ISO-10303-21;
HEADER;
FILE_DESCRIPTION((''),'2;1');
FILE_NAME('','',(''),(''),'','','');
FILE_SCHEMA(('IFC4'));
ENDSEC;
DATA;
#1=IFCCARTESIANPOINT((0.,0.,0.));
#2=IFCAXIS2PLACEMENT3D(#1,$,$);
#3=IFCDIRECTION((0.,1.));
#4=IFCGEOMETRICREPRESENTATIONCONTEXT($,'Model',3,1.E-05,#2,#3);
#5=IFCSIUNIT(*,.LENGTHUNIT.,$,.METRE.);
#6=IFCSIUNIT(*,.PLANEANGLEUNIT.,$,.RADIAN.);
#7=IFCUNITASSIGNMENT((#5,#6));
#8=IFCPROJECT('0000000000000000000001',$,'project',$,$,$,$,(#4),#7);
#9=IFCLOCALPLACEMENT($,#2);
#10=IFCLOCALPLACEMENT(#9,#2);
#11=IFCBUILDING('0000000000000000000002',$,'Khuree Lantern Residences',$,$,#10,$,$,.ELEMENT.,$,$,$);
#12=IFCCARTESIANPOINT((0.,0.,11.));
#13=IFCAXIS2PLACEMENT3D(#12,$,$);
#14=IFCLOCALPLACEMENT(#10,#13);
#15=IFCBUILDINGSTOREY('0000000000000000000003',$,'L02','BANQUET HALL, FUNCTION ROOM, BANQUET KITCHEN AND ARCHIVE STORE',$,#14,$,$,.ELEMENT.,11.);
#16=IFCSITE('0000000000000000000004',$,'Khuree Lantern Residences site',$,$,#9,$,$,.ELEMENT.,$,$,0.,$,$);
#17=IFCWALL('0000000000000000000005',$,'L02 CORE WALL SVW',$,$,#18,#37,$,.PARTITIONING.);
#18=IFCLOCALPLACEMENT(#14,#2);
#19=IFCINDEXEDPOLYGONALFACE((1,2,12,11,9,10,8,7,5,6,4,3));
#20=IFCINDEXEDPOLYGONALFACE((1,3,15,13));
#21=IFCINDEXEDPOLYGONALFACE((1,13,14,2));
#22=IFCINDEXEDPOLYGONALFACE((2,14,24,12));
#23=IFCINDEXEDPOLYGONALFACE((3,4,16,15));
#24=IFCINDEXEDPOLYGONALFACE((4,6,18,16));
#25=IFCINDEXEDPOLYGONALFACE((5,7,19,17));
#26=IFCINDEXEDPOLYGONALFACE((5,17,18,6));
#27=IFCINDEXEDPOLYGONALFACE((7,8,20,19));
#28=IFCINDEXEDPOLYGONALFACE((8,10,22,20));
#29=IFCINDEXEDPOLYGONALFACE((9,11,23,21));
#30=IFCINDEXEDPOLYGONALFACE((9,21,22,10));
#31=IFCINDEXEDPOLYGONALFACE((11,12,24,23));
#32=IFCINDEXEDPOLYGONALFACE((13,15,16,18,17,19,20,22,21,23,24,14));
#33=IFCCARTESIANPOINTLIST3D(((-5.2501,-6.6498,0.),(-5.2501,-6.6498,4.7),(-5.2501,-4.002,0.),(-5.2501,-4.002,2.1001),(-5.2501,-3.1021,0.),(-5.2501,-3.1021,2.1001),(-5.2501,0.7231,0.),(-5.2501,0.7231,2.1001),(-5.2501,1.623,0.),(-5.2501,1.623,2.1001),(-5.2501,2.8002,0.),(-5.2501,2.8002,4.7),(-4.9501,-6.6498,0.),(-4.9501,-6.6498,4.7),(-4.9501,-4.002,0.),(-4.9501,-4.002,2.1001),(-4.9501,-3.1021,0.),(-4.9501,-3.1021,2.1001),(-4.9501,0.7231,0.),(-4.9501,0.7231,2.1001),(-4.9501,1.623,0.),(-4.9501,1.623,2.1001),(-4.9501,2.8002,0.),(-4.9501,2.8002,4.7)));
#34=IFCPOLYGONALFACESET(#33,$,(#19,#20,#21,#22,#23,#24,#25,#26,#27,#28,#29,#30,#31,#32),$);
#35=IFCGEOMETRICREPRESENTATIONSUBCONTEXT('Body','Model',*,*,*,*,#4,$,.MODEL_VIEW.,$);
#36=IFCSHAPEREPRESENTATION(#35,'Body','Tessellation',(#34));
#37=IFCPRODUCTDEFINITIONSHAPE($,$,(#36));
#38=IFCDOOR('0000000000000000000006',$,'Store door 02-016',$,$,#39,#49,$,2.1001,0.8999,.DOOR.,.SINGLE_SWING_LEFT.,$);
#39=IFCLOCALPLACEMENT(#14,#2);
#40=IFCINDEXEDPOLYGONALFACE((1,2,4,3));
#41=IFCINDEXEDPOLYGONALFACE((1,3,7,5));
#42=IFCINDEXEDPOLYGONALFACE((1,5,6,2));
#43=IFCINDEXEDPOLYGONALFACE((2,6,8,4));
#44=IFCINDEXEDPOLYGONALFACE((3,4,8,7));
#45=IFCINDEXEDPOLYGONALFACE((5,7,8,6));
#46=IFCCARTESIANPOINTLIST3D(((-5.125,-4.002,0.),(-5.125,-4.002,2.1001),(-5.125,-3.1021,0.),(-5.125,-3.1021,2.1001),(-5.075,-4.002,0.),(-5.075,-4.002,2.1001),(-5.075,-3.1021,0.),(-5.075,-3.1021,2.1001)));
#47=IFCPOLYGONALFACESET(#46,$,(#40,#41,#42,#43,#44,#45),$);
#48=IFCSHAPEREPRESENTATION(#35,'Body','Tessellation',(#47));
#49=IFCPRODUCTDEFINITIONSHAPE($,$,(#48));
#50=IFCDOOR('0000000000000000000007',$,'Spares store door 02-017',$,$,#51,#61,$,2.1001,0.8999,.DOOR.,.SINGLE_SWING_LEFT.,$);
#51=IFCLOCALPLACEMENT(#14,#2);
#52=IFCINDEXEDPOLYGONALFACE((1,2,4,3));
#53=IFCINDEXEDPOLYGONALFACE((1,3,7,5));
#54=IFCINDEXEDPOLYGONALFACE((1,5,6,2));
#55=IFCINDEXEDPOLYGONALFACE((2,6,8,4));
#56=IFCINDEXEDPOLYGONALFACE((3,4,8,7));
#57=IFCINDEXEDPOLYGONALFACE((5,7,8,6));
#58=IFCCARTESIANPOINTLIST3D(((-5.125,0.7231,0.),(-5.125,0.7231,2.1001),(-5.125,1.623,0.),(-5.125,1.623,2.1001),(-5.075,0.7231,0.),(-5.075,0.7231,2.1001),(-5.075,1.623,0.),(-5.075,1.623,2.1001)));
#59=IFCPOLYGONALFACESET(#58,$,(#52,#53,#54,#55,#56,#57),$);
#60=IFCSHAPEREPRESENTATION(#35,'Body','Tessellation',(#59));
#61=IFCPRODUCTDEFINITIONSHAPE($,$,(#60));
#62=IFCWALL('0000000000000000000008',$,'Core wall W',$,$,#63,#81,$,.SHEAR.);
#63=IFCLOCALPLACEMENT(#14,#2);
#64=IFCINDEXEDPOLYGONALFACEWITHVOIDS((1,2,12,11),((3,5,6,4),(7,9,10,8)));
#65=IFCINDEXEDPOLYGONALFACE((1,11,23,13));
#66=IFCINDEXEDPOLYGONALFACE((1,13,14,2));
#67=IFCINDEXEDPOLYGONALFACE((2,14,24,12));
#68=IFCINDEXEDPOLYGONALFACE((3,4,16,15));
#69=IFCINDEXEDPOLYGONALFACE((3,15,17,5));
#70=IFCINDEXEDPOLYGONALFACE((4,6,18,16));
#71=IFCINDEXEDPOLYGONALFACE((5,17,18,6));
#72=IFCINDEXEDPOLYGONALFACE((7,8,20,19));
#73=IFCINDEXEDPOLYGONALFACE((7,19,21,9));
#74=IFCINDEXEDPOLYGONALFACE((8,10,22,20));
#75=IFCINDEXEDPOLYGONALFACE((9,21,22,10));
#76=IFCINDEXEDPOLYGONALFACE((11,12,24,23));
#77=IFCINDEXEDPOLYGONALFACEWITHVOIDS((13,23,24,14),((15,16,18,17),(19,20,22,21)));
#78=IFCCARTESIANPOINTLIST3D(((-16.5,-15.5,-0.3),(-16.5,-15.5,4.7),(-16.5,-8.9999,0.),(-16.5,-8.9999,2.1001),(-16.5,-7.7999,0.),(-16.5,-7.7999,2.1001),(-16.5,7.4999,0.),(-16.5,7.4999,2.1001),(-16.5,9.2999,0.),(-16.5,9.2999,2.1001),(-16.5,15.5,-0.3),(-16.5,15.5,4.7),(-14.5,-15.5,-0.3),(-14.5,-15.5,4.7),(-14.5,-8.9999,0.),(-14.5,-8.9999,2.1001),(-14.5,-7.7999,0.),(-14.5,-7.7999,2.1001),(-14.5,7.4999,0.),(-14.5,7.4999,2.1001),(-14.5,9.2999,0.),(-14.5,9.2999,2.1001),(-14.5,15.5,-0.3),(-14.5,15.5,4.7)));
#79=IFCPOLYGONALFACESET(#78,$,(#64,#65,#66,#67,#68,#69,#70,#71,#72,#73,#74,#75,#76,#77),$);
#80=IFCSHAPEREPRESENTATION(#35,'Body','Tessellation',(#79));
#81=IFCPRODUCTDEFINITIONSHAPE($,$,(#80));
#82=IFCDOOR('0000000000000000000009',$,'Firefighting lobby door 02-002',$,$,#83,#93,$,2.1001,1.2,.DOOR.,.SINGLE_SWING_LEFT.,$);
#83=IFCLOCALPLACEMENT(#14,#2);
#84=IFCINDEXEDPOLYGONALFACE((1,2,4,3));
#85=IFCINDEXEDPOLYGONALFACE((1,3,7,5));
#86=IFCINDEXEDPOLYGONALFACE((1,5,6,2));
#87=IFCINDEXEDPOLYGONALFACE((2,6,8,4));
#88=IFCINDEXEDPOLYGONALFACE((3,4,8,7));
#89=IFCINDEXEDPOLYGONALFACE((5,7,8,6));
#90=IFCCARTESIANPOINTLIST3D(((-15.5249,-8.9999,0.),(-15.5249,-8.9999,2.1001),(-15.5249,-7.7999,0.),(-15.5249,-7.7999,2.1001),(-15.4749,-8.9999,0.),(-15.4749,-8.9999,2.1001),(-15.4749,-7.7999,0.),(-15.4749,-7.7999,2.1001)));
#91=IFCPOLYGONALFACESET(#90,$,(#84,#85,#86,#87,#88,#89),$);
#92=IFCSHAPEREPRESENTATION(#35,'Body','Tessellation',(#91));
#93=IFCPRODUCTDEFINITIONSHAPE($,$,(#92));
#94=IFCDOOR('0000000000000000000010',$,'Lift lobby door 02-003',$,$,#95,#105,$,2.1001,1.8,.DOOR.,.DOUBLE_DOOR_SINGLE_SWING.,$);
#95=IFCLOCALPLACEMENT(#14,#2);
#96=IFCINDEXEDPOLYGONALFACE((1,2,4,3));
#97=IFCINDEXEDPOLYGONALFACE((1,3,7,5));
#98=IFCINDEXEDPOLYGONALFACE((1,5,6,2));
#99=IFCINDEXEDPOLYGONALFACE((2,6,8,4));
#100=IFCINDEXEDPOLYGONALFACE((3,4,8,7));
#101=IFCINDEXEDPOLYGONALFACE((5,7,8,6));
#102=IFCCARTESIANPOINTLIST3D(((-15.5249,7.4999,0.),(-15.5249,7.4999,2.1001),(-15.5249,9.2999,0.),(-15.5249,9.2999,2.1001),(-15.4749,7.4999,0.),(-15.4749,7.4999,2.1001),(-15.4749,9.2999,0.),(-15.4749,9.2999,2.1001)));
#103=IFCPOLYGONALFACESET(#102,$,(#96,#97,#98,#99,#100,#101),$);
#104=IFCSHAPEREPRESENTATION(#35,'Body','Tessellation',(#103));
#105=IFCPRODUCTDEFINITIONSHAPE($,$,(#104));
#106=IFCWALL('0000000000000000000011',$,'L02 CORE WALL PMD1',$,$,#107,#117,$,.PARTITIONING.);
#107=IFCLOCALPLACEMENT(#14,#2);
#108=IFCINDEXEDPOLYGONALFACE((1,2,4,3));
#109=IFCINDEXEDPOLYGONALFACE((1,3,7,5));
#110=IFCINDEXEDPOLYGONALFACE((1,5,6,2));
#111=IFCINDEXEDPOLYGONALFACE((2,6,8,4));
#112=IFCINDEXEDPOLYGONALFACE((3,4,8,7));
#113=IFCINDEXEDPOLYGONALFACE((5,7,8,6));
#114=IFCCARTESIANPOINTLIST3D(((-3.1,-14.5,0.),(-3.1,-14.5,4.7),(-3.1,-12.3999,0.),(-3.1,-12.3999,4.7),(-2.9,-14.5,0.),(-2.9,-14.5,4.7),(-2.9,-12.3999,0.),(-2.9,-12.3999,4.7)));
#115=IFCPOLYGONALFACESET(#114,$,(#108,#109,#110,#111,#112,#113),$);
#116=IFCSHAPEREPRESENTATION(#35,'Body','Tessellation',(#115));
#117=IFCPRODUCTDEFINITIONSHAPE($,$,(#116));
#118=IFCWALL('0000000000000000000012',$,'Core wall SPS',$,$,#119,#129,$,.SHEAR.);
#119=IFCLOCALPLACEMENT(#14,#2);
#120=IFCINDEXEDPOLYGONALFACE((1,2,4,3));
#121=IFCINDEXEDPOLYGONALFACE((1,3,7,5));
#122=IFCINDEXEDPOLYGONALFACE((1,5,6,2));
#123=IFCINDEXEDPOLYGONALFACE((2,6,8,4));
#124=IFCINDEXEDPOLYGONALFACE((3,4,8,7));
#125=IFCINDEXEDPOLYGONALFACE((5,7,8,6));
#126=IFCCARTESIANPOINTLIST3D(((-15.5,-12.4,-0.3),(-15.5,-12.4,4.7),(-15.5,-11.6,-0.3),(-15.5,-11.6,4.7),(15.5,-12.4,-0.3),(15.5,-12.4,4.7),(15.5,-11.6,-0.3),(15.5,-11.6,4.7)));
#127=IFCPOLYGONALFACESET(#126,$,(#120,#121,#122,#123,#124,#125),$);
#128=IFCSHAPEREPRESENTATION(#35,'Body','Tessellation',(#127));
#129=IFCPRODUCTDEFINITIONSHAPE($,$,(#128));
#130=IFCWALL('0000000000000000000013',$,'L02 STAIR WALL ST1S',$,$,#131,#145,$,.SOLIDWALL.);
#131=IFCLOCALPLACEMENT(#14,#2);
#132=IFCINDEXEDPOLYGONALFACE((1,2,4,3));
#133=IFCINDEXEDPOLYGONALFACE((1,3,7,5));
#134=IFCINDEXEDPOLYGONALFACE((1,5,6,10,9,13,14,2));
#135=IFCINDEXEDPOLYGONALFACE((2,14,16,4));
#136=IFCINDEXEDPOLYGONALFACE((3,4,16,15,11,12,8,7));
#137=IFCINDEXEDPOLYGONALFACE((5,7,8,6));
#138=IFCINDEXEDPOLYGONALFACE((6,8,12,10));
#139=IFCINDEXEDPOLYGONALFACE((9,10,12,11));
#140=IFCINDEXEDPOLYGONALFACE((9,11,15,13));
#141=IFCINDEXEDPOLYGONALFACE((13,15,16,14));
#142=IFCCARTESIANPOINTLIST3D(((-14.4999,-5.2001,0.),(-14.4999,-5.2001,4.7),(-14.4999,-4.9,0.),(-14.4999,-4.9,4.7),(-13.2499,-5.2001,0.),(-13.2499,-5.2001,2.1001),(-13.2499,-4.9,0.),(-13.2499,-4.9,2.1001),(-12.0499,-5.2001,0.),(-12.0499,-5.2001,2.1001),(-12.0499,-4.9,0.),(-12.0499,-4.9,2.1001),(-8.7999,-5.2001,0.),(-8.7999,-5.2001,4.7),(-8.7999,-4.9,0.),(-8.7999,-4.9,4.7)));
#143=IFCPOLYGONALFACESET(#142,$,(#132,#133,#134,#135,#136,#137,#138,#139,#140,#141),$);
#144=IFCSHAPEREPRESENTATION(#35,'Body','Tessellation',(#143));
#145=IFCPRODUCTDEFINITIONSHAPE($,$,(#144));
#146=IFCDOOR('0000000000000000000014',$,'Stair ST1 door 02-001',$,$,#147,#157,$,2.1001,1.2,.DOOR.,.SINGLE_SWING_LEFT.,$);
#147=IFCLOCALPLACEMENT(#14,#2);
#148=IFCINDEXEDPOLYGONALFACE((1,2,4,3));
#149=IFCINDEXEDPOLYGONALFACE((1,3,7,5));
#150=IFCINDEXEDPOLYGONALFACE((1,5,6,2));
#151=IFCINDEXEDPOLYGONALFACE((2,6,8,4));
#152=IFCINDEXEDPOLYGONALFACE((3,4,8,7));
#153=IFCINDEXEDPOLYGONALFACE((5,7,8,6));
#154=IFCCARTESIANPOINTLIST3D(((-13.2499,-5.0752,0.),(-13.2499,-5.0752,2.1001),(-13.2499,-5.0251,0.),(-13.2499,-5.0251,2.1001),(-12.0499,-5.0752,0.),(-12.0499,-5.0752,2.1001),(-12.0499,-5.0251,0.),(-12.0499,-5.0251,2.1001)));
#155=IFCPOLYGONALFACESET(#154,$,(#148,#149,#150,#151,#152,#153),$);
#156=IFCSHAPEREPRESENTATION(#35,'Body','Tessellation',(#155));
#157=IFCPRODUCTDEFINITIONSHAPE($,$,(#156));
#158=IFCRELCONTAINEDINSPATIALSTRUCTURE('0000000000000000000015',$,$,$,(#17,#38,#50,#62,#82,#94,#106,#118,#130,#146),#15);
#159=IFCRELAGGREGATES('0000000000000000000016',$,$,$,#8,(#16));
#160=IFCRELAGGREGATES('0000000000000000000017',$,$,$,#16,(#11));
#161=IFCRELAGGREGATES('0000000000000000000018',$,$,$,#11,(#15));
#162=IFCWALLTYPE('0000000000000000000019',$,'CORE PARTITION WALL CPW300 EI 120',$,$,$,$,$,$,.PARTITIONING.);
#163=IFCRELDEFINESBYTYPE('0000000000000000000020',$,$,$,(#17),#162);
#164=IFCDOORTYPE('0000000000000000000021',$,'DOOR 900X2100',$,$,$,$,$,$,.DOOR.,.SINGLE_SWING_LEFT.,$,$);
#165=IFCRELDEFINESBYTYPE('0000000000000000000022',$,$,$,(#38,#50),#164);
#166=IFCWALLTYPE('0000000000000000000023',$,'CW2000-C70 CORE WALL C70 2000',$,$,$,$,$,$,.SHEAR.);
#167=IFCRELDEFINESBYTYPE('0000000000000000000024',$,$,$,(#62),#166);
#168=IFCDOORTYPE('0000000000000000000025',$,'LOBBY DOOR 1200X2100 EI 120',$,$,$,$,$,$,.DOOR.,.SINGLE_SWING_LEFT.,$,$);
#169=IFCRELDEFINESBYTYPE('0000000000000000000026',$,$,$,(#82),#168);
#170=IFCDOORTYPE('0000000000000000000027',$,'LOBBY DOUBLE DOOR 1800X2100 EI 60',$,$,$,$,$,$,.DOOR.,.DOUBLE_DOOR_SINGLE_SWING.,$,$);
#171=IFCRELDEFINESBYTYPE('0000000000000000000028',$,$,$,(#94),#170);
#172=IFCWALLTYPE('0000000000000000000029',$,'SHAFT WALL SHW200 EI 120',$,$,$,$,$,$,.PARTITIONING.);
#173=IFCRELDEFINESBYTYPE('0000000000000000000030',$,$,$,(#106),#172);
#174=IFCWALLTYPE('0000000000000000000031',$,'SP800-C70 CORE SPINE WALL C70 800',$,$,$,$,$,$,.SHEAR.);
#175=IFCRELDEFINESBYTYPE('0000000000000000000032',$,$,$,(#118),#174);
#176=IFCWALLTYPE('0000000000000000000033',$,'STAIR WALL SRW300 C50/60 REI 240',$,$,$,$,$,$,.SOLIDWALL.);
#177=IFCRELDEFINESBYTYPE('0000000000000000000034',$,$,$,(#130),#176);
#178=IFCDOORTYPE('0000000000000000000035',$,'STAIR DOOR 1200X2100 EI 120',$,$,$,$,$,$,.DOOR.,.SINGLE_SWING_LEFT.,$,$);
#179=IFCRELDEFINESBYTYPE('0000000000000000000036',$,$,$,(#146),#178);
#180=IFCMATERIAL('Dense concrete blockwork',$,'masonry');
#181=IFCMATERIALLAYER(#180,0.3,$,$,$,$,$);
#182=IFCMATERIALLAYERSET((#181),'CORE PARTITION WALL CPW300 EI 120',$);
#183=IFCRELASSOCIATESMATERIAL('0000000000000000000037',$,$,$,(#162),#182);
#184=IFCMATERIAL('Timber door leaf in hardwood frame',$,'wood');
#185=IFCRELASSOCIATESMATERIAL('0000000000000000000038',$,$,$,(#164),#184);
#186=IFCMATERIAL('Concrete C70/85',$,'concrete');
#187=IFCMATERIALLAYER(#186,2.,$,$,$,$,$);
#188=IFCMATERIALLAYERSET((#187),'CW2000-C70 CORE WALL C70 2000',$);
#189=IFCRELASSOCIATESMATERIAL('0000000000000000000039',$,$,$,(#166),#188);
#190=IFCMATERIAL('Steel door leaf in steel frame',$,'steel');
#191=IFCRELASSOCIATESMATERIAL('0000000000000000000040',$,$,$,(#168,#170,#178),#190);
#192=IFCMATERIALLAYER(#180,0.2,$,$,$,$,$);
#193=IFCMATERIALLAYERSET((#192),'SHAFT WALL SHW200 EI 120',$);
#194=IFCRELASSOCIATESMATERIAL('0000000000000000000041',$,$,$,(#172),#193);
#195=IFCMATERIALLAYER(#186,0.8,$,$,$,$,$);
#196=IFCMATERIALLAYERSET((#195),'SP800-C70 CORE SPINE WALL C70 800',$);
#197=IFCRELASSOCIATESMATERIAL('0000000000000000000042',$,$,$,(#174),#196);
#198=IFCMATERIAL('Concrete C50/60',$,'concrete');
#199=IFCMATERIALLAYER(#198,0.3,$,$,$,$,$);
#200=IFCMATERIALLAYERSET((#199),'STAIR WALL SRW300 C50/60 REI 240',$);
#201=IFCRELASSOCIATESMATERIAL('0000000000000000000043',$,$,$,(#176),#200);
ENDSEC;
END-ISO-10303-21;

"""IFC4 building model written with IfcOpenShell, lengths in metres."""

from ifc_helpers import new_model, si_unit, direction, frame, frame_2d, origin, place, context, subcontext, project, spatial, rectangle, extrude, material, layer, layer_set, type_object, element, fill, save


model = new_model("IFC4")

# Units and contexts
model_context = context("Model", 3, precision=1e-05, world=origin(), true_north=direction((0.0, 1.0)))
body_context = subcontext(model_context, "Body", "Model", "MODEL_VIEW")
ifc_project = project(units=[si_unit("LENGTHUNIT", "METRE"), si_unit("PLANEANGLEUNIT", "RADIAN")], contexts=[model_context])

# Site, building, storey
site_placement = place(None, origin())
site = spatial("IfcSite", under=ifc_project, at=site_placement, Name="Khuree Lantern Residences site", CompositionType="ELEMENT", RefElevation=0.0)
building_placement = place(site_placement, origin())
building = spatial("IfcBuilding", under=site, at=building_placement, Name="Khuree Lantern Residences", CompositionType="ELEMENT")
storey_placement = place(building_placement, frame((0.0, 0.0, 11.0)))
storey = spatial("IfcBuildingStorey", under=building, at=storey_placement, Name="L02", Description="BANQUET HALL, FUNCTION ROOM, BANQUET KITCHEN AND ARCHIVE STORE", CompositionType="ELEMENT", Elevation=11.0)

# Shared definitions
ifc_material_1 = material(Name="Dense concrete blockwork", Category="masonry")
ifc_layer_1 = layer(ifc_material_1, 0.3)
ifc_layer_set_1 = layer_set([ifc_layer_1], Name="CORE PARTITION WALL CPW300 EI 120")
wall_type_1 = type_object("IfcWallType", Name="CORE PARTITION WALL CPW300 EI 120", PredefinedType="PARTITIONING", material=ifc_layer_set_1)

# Shared definitions
ifc_material_2 = material(Name="Steel door leaf in steel frame", Category="steel")

# Walls, openings, doors
wall_1_placement = place(storey_placement, frame((-5.1001, -6.6499, 0.0), z_axis=(0.0, 0.0, 1.0), x_axis=(0.0, 1.0, 0.0)))
wall_1 = element("IfcWall", 1, at=wall_1_placement, inside=storey, type_object=wall_type_1, Name="L02 CORE WALL SVW", PredefinedType="PARTITIONING", context=body_context, shape_type="SweptSolid", body=[
    extrude(rectangle(XDim=9.45, YDim=0.3, at=frame_2d((4.7251, 0.0))), origin(), (0.0, 0.0, 1.0), 4.7),
])
opening_1_placement = place(wall_1_placement, frame((2.6479, 0.0, 0.0)))
opening_1 = element("IfcOpeningElement", 2, at=opening_1_placement, cuts=wall_1, PredefinedType="OPENING", context=body_context, shape_type="SweptSolid", body=[
    extrude(rectangle(XDim=0.8999, YDim=2.1001, at=frame_2d((0.45, 1.05))), frame((0.0, 0.1602, 0.0), z_axis=(0.0, -1.0, 0.0), x_axis=(1.0, 0.0, 0.0)), (0.0, 0.0, 1.0), 0.3201),
])
opening_2_placement = place(wall_1_placement, frame((7.373, 0.0, 0.0)))
opening_2 = element("IfcOpeningElement", 3, at=opening_2_placement, cuts=wall_1, PredefinedType="OPENING", context=body_context, shape_type="SweptSolid", body=[
    extrude(rectangle(XDim=0.8999, YDim=2.1001, at=frame_2d((0.45, 1.05))), frame((0.0, 0.1602, 0.0), z_axis=(0.0, -1.0, 0.0), x_axis=(1.0, 0.0, 0.0)), (0.0, 0.0, 1.0), 0.3201),
])
ifc_material_3 = material(Name="Timber door leaf in hardwood frame", Category="wood")
door_type_1 = type_object("IfcDoorType", Name="DOOR 900X2100", OperationType="SINGLE_SWING_LEFT", PredefinedType="DOOR", material=ifc_material_3)
door_1_placement = place(opening_1_placement, origin())
door_1 = element("IfcDoor", 4, at=door_1_placement, inside=storey, type_object=door_type_1, Name="Store door 02-016", OperationType="SINGLE_SWING_LEFT", OverallHeight=2.1001, OverallWidth=0.8999, PredefinedType="DOOR", context=body_context, shape_type="SweptSolid", body=[
    extrude(rectangle(XDim=0.8999, YDim=2.1001, at=frame_2d((0.45, 1.05))), frame((0.0, 0.0249, 0.0), z_axis=(0.0, -1.0, 0.0), x_axis=(1.0, 0.0, 0.0)), (0.0, 0.0, 1.0), 0.05),
])
fill(opening_1, door_1)
door_2_placement = place(opening_2_placement, origin())
door_2 = element("IfcDoor", 5, at=door_2_placement, inside=storey, type_object=door_type_1, Name="Spares store door 02-017", OperationType="SINGLE_SWING_LEFT", OverallHeight=2.1001, OverallWidth=0.8999, PredefinedType="DOOR", context=body_context, shape_type="SweptSolid", body=[
    extrude(rectangle(XDim=0.8999, YDim=2.1001, at=frame_2d((0.45, 1.05))), frame((0.0, 0.0249, 0.0), z_axis=(0.0, -1.0, 0.0), x_axis=(1.0, 0.0, 0.0)), (0.0, 0.0, 1.0), 0.05),
])
fill(opening_2, door_2)
ifc_material_4 = material(Name="Concrete C70/85", Category="concrete")
ifc_layer_2 = layer(ifc_material_4, 2.0)
ifc_layer_set_2 = layer_set([ifc_layer_2], Name="CW2000-C70 CORE WALL C70 2000")
wall_type_2 = type_object("IfcWallType", Name="CW2000-C70 CORE WALL C70 2000", PredefinedType="SHEAR", material=ifc_layer_set_2)
wall_2_placement = place(storey_placement, frame((-15.5, -15.5, -0.3), z_axis=(0.0, 0.0, 1.0), x_axis=(0.0, 1.0, 0.0)))
wall_2 = element("IfcWall", 6, at=wall_2_placement, inside=storey, type_object=wall_type_2, Name="Core wall W", PredefinedType="SHEAR", context=body_context, shape_type="SweptSolid", body=[
    extrude(rectangle(XDim=31.0, YDim=2.0, at=frame_2d((15.5, 0.0))), origin(), (0.0, 0.0, 1.0), 5.0),
])
opening_3_placement = place(wall_2_placement, frame((6.5, 0.0, 0.3)))
opening_3 = element("IfcOpeningElement", 7, at=opening_3_placement, cuts=wall_2, PredefinedType="OPENING", context=body_context, shape_type="SweptSolid", body=[
    extrude(rectangle(XDim=1.2, YDim=2.1001, at=frame_2d((0.6001, 1.05))), frame((0.0, 1.01, 0.0), z_axis=(0.0, -1.0, 0.0), x_axis=(1.0, 0.0, 0.0)), (0.0, 0.0, 1.0), 2.02),
])
opening_4_placement = place(wall_2_placement, frame((23.0, 0.0, 0.3)))
opening_4 = element("IfcOpeningElement", 8, at=opening_4_placement, cuts=wall_2, PredefinedType="OPENING", context=body_context, shape_type="SweptSolid", body=[
    extrude(rectangle(XDim=1.8, YDim=2.1001, at=frame_2d((0.8999, 1.05))), frame((0.0, 1.01, 0.0), z_axis=(0.0, -1.0, 0.0), x_axis=(1.0, 0.0, 0.0)), (0.0, 0.0, 1.0), 2.02),
])
door_type_2 = type_object("IfcDoorType", Name="LOBBY DOOR 1200X2100 EI 120", OperationType="SINGLE_SWING_LEFT", PredefinedType="DOOR", material=ifc_material_2)
door_3_placement = place(opening_3_placement, origin())
door_3 = element("IfcDoor", 9, at=door_3_placement, inside=storey, type_object=door_type_2, Name="Firefighting lobby door 02-002", OperationType="SINGLE_SWING_LEFT", OverallHeight=2.1001, OverallWidth=1.2, PredefinedType="DOOR", context=body_context, shape_type="SweptSolid", body=[
    extrude(rectangle(XDim=1.2, YDim=2.1001, at=frame_2d((0.6001, 1.05))), frame((0.0, 0.0249, 0.0), z_axis=(0.0, -1.0, 0.0), x_axis=(1.0, 0.0, 0.0)), (0.0, 0.0, 1.0), 0.05),
])
fill(opening_3, door_3)
door_type_3 = type_object("IfcDoorType", Name="LOBBY DOUBLE DOOR 1800X2100 EI 60", OperationType="DOUBLE_DOOR_SINGLE_SWING", PredefinedType="DOOR", material=ifc_material_2)
door_4_placement = place(opening_4_placement, origin())
door_4 = element("IfcDoor", 10, at=door_4_placement, inside=storey, type_object=door_type_3, Name="Lift lobby door 02-003", OperationType="DOUBLE_DOOR_SINGLE_SWING", OverallHeight=2.1001, OverallWidth=1.8, PredefinedType="DOOR", context=body_context, shape_type="SweptSolid", body=[
    extrude(rectangle(XDim=1.8, YDim=2.1001, at=frame_2d((0.8999, 1.05))), frame((0.0, 0.0249, 0.0), z_axis=(0.0, -1.0, 0.0), x_axis=(1.0, 0.0, 0.0)), (0.0, 0.0, 1.0), 0.05),
])
fill(opening_4, door_4)

# Walls
ifc_layer_3 = layer(ifc_material_1, 0.2)
ifc_layer_set_3 = layer_set([ifc_layer_3], Name="SHAFT WALL SHW200 EI 120")
wall_type_3 = type_object("IfcWallType", Name="SHAFT WALL SHW200 EI 120", PredefinedType="PARTITIONING", material=ifc_layer_set_3)
wall_3_placement = place(storey_placement, frame((-3.0, -14.5, 0.0), z_axis=(0.0, 0.0, 1.0), x_axis=(0.0, 1.0, 0.0)))
element("IfcWall", 11, at=wall_3_placement, inside=storey, type_object=wall_type_3, Name="L02 CORE WALL PMD1", PredefinedType="PARTITIONING", context=body_context, shape_type="SweptSolid", body=[
    extrude(rectangle(XDim=2.1001, YDim=0.2, at=frame_2d((1.05, 0.0))), origin(), (0.0, 0.0, 1.0), 4.7),
])
ifc_layer_4 = layer(ifc_material_4, 0.8)
ifc_layer_set_4 = layer_set([ifc_layer_4], Name="SP800-C70 CORE SPINE WALL C70 800")
wall_type_4 = type_object("IfcWallType", Name="SP800-C70 CORE SPINE WALL C70 800", PredefinedType="SHEAR", material=ifc_layer_set_4)
wall_4_placement = place(storey_placement, frame((-15.5, -12.0, -0.3), z_axis=(0.0, 0.0, 1.0), x_axis=(1.0, 0.0, 0.0)))
element("IfcWall", 12, at=wall_4_placement, inside=storey, type_object=wall_type_4, Name="Core wall SPS", PredefinedType="SHEAR", context=body_context, shape_type="SweptSolid", body=[
    extrude(rectangle(XDim=31.0, YDim=0.8, at=frame_2d((15.5, 0.0))), origin(), (0.0, 0.0, 1.0), 5.0),
])

# Wall, opening, door
ifc_material_5 = material(Name="Concrete C50/60", Category="concrete")
ifc_layer_5 = layer(ifc_material_5, 0.3)
ifc_layer_set_5 = layer_set([ifc_layer_5], Name="STAIR WALL SRW300 C50/60 REI 240")
wall_type_5 = type_object("IfcWallType", Name="STAIR WALL SRW300 C50/60 REI 240", PredefinedType="SOLIDWALL", material=ifc_layer_set_5)
wall_5_placement = place(storey_placement, frame((-14.5, -5.05, 0.0), z_axis=(0.0, 0.0, 1.0), x_axis=(1.0, 0.0, 0.0)))
wall_5 = element("IfcWall", 13, at=wall_5_placement, inside=storey, type_object=wall_type_5, Name="L02 STAIR WALL ST1S", PredefinedType="SOLIDWALL", context=body_context, shape_type="SweptSolid", body=[
    extrude(rectangle(XDim=5.7, YDim=0.3, at=frame_2d((2.8501, 0.0))), origin(), (0.0, 0.0, 1.0), 4.7),
])
opening_5_placement = place(wall_5_placement, frame((1.25, 0.0, 0.0)))
opening_5 = element("IfcOpeningElement", 14, at=opening_5_placement, cuts=wall_5, PredefinedType="OPENING", context=body_context, shape_type="SweptSolid", body=[
    extrude(rectangle(XDim=1.2, YDim=2.1001, at=frame_2d((0.6001, 1.05))), frame((0.0, 0.1602, 0.0), z_axis=(0.0, -1.0, 0.0), x_axis=(1.0, 0.0, 0.0)), (0.0, 0.0, 1.0), 0.3201),
])
door_type_4 = type_object("IfcDoorType", Name="STAIR DOOR 1200X2100 EI 120", OperationType="SINGLE_SWING_LEFT", PredefinedType="DOOR", material=ifc_material_2)
door_5_placement = place(opening_5_placement, origin())
door_5 = element("IfcDoor", 15, at=door_5_placement, inside=storey, type_object=door_type_4, Name="Stair ST1 door 02-001", OperationType="SINGLE_SWING_LEFT", OverallHeight=2.1001, OverallWidth=1.2, PredefinedType="DOOR", context=body_context, shape_type="SweptSolid", body=[
    extrude(rectangle(XDim=1.2, YDim=2.1001, at=frame_2d((0.6001, 1.05))), frame((0.0, 0.0249, 0.0), z_axis=(0.0, -1.0, 0.0), x_axis=(1.0, 0.0, 0.0)), (0.0, 0.0, 1.0), 0.05),
])
fill(opening_5, door_5)

save(model, "model.ifc")
